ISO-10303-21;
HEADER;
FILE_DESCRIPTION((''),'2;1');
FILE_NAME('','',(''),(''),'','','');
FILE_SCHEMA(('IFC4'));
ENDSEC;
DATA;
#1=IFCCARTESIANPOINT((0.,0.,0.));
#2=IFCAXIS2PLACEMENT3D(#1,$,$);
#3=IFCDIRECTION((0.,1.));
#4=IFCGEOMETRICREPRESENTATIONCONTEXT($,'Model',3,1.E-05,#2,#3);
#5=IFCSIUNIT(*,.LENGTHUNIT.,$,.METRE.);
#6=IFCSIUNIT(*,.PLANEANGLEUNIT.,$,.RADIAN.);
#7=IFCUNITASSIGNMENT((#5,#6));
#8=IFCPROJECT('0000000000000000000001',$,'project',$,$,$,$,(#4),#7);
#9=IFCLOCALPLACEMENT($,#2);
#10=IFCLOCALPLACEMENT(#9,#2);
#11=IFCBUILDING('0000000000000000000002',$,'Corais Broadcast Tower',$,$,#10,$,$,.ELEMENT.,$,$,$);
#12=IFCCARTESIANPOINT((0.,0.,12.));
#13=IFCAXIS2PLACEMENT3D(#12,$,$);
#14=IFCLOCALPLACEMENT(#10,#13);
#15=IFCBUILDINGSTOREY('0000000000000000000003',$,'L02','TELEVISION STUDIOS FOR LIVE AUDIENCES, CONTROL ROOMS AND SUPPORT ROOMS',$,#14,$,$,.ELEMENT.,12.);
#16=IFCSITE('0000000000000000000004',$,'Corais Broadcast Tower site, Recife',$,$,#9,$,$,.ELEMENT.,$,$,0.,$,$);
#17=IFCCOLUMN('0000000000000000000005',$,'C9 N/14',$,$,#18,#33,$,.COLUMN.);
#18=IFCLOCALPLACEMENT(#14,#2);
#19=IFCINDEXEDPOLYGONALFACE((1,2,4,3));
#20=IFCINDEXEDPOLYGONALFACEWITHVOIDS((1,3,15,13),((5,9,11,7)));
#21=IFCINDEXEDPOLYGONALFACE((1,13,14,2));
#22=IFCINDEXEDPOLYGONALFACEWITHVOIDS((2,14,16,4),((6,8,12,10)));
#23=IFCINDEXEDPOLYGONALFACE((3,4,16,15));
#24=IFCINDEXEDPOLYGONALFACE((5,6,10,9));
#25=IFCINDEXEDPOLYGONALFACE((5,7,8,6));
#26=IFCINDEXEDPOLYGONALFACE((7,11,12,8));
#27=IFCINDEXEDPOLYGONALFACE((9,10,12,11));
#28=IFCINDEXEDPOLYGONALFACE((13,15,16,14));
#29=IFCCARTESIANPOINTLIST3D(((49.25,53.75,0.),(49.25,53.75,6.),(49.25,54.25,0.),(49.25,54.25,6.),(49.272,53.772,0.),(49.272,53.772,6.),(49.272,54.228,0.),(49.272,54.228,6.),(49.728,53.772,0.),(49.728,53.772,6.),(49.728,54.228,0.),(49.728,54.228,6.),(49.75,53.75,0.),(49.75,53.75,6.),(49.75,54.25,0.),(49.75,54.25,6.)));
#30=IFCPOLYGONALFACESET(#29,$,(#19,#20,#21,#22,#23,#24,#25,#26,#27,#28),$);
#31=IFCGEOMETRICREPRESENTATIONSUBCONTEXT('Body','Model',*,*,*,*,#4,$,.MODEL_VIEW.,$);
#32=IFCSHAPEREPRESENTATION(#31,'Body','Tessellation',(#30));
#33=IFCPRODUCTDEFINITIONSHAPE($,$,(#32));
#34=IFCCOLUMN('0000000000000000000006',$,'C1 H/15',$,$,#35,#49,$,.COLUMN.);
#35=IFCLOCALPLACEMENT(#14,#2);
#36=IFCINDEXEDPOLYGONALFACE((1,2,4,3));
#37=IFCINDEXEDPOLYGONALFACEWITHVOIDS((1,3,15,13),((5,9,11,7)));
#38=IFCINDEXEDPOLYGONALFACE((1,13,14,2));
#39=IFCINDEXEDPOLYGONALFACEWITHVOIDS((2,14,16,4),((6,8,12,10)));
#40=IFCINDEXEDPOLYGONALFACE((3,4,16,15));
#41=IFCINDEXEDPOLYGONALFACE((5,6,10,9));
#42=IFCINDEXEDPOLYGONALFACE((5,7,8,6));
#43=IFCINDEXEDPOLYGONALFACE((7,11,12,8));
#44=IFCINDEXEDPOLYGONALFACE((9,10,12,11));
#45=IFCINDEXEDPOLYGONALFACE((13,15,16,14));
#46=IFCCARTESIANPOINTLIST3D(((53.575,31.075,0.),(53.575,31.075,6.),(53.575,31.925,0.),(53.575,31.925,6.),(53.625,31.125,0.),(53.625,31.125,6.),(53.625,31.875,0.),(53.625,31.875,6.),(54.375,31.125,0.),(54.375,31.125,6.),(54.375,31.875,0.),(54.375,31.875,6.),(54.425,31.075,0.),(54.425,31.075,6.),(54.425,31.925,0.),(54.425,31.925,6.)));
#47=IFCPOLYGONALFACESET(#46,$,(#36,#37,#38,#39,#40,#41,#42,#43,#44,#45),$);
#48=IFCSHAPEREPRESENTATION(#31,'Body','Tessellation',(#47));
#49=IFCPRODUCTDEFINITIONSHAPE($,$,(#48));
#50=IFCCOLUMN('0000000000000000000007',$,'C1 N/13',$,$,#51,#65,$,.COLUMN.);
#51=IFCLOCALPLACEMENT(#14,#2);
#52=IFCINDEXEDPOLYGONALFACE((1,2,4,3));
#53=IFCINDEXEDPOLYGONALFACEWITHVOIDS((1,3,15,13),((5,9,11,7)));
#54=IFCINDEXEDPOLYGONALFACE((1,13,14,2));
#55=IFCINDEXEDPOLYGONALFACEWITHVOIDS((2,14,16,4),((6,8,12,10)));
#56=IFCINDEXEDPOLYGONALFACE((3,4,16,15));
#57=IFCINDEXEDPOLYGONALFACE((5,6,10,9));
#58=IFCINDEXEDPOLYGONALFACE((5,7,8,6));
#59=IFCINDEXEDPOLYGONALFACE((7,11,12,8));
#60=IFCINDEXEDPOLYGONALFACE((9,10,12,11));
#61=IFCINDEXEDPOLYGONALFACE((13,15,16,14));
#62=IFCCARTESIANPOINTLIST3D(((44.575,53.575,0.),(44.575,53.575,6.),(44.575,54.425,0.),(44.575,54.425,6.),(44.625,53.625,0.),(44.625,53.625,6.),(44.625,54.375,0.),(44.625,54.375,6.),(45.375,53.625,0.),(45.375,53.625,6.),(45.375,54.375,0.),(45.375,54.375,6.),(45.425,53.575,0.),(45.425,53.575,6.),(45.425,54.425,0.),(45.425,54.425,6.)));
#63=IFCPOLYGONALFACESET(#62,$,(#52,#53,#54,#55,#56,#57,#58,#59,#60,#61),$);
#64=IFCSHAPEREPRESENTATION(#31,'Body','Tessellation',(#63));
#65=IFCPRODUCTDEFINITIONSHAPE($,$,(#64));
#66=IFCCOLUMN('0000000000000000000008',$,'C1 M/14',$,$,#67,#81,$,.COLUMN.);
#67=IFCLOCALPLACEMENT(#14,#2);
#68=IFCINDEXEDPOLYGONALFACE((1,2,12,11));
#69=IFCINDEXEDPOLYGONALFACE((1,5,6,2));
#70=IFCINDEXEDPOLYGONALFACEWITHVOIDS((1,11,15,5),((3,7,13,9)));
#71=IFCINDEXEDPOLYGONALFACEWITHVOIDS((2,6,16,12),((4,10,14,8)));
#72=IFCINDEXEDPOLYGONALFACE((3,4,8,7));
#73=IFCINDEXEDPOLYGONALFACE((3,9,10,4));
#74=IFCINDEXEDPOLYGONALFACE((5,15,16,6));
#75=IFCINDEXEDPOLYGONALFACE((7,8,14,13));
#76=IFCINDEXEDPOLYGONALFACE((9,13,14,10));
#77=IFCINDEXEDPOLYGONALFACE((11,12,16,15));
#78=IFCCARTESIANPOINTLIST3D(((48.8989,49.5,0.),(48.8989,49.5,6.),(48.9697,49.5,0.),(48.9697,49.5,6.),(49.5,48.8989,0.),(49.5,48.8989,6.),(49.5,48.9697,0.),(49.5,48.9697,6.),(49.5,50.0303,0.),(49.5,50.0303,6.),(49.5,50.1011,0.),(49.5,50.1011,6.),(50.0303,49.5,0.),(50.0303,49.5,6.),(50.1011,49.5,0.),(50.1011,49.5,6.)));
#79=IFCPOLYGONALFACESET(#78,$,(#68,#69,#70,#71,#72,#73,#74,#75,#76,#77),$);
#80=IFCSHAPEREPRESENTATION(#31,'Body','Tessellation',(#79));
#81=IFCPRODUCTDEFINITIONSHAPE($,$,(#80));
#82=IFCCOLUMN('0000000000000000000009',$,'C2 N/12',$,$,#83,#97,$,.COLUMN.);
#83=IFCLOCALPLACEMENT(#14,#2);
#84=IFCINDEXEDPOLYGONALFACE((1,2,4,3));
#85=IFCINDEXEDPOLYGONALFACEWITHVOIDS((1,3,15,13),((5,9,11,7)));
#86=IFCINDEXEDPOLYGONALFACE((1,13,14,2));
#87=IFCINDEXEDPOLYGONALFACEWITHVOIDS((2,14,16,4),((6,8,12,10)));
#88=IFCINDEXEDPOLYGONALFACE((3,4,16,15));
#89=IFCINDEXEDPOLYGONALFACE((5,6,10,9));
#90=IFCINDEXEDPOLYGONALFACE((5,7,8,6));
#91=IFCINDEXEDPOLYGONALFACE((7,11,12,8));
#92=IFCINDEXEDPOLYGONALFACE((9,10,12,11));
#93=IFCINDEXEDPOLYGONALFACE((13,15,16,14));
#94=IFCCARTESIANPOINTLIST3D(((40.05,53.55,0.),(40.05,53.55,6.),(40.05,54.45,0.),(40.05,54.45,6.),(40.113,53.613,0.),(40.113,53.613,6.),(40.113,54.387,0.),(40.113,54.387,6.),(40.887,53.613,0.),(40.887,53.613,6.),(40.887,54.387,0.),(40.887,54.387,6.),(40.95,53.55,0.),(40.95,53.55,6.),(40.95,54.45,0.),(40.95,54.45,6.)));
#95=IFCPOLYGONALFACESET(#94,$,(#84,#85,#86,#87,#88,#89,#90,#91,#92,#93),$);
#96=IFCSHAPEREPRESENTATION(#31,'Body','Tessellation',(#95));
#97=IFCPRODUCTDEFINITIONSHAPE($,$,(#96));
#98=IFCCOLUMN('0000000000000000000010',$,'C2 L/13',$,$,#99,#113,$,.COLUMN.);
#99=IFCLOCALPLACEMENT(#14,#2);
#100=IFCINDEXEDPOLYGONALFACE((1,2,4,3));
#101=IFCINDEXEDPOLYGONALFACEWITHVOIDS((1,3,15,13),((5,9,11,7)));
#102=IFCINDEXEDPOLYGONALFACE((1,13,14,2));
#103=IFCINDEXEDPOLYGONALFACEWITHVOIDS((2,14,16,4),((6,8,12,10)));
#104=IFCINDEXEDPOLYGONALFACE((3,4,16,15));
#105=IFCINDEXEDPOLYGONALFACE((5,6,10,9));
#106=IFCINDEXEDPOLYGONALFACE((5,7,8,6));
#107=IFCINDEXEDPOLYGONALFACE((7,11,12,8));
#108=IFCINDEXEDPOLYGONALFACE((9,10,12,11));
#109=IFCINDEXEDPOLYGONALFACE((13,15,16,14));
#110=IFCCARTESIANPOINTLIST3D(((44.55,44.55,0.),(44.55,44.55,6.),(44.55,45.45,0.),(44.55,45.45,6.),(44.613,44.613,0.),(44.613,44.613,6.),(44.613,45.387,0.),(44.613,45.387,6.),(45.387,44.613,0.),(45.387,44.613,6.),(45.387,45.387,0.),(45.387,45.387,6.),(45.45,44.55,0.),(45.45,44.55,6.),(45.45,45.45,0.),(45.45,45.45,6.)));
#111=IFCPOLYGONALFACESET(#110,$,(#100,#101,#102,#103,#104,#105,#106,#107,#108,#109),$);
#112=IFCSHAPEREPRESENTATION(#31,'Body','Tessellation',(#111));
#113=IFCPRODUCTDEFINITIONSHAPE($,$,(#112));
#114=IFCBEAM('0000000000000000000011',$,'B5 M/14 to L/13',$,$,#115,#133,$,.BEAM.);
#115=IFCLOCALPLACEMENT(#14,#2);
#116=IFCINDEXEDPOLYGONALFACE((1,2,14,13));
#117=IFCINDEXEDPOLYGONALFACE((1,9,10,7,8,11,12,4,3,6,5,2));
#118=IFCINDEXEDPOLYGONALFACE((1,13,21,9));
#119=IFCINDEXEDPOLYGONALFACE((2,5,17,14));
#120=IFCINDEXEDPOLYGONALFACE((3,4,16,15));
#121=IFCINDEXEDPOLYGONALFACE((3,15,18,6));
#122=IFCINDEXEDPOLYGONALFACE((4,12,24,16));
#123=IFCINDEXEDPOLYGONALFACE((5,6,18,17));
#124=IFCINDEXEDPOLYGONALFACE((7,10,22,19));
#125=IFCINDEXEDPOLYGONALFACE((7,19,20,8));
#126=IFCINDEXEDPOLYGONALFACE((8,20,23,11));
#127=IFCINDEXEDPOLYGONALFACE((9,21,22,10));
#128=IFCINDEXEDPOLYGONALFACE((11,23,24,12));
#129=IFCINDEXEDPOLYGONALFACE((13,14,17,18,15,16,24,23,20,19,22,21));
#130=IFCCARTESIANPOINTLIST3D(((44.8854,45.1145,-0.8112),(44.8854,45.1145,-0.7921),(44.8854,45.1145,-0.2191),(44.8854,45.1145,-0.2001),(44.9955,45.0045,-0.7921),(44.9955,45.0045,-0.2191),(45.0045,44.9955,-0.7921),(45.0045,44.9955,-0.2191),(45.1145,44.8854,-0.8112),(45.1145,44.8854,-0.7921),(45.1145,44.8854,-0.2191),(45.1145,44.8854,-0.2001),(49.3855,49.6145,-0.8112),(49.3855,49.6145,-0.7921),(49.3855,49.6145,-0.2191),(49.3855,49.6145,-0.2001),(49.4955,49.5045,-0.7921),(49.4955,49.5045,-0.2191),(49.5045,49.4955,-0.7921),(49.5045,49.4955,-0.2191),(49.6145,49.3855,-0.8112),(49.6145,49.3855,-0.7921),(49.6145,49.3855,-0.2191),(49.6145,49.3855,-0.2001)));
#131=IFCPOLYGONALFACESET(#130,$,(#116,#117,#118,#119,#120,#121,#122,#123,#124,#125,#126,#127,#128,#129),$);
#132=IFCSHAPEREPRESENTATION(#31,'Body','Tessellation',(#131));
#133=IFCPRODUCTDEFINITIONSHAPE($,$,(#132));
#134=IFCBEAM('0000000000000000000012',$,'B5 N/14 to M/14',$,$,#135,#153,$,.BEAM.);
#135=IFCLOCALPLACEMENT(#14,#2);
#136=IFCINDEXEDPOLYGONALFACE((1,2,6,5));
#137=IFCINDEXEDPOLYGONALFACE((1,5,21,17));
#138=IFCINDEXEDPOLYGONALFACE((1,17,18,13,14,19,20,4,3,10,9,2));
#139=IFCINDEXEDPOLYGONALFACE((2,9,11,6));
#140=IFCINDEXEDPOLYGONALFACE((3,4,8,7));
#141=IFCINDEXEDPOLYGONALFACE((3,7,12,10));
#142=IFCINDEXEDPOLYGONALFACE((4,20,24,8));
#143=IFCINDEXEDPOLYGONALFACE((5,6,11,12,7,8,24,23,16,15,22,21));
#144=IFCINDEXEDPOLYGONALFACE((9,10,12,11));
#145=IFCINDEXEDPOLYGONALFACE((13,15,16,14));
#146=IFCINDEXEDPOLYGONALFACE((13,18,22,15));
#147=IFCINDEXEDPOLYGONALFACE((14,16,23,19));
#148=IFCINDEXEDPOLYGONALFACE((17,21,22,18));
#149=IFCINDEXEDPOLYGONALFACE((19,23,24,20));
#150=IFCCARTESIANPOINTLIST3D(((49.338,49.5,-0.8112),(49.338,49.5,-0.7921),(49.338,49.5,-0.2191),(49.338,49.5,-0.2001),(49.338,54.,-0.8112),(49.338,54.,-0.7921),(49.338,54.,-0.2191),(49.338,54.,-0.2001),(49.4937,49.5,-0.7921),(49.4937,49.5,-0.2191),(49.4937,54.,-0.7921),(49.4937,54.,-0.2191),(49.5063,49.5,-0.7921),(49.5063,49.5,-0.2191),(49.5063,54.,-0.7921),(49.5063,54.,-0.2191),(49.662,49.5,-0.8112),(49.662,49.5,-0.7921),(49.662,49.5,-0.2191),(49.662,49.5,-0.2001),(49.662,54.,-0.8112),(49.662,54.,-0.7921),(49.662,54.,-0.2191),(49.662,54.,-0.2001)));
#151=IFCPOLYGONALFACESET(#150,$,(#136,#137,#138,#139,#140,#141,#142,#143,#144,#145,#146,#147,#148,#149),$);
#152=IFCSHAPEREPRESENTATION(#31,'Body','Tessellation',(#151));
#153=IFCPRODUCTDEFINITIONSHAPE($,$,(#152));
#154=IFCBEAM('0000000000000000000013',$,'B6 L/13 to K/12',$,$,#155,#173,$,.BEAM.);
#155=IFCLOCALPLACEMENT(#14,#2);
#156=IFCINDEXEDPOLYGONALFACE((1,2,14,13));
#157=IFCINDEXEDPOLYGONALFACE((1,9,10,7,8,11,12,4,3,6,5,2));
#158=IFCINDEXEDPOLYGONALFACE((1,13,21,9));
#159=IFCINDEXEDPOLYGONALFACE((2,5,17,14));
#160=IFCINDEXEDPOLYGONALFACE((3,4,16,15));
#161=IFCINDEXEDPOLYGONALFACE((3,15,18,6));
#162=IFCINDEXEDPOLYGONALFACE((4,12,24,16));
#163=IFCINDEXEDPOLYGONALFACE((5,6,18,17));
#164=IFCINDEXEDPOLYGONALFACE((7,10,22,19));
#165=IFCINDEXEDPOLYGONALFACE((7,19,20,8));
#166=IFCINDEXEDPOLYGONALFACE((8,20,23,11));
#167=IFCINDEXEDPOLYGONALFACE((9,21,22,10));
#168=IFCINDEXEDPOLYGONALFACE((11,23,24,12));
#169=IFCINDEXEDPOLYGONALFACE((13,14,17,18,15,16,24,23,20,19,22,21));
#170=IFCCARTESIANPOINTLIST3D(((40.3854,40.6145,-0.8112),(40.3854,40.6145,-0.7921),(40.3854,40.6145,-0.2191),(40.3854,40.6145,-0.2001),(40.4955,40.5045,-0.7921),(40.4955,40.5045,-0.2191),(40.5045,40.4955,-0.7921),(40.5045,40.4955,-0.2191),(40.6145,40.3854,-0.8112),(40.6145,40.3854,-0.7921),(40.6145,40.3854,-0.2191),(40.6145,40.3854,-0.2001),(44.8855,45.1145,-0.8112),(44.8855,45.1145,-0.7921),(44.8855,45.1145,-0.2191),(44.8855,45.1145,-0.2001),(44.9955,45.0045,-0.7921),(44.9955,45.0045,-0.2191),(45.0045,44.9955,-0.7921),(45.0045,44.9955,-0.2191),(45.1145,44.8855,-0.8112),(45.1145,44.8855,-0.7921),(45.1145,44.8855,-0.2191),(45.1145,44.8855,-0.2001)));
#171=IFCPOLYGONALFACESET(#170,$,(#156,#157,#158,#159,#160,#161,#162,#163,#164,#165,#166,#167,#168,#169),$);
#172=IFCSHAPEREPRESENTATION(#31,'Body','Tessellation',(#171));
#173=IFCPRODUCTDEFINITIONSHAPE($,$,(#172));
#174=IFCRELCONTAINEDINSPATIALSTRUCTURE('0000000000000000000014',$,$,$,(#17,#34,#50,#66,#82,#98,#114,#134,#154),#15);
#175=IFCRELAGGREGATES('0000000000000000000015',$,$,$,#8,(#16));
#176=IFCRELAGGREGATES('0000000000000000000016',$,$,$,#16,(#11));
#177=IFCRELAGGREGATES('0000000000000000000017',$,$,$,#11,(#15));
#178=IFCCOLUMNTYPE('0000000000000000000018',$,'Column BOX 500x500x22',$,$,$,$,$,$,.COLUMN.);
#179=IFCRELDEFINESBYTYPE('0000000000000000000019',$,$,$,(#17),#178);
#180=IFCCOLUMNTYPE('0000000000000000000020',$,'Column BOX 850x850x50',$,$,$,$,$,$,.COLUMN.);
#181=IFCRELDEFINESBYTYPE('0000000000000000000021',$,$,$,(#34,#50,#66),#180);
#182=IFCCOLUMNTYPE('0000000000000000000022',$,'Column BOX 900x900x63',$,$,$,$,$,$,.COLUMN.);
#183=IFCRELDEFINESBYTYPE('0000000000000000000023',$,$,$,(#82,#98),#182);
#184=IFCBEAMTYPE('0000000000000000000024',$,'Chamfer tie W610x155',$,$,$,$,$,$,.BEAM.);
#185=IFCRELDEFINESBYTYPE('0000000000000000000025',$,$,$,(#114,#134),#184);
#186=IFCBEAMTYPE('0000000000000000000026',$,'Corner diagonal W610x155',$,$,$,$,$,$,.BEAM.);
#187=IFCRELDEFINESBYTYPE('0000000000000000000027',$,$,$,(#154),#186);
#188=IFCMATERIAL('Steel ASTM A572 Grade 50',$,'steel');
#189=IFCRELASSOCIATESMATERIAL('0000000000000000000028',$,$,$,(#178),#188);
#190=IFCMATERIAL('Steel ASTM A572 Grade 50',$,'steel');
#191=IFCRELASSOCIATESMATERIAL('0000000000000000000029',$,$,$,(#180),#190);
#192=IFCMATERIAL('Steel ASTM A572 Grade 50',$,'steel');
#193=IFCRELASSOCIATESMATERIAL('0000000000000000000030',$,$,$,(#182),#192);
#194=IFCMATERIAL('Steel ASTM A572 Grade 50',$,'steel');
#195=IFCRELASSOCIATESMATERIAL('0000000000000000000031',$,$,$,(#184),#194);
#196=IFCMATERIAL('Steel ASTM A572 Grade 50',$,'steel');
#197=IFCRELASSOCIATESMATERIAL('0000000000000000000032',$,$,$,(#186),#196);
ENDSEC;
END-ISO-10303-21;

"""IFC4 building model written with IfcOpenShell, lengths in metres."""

from ifc_helpers import new_model, si_unit, direction, frame, origin, origin_2d, place, context, subcontext, project, spatial, hollow_rectangle, i_section, extrude, material, material_profile, profile_set, type_object, element, save


model = new_model("IFC4")

# Units and contexts
model_context = context("Model", 3, precision=1e-05, world=origin(), true_north=direction((0.0, 1.0)))
body_context = subcontext(model_context, "Body", "Model", "MODEL_VIEW")
ifc_project = project(units=[si_unit("LENGTHUNIT", "METRE"), si_unit("PLANEANGLEUNIT", "RADIAN")], contexts=[model_context])

# Site, building, storey
site_placement = place(None, origin())
site = spatial("IfcSite", under=ifc_project, at=site_placement, Name="Corais Broadcast Tower site, Recife", CompositionType="ELEMENT", RefElevation=0.0)
building_placement = place(site_placement, origin())
building = spatial("IfcBuilding", under=site, at=building_placement, Name="Corais Broadcast Tower", CompositionType="ELEMENT")
storey_placement = place(building_placement, frame((0.0, 0.0, 12.0)))
storey = spatial("IfcBuildingStorey", under=building, at=storey_placement, Name="L02", Description="TELEVISION STUDIOS FOR LIVE AUDIENCES, CONTROL ROOMS AND SUPPORT ROOMS", CompositionType="ELEMENT", Elevation=12.0)

# Columns
ifc_material_1 = material(Name="Steel ASTM A572 Grade 50", Category="steel")
ifc_material_profile_1 = material_profile(ifc_material_1, hollow_rectangle(XDim=0.5, YDim=0.5, WallThickness=0.022, at=origin_2d()), Name="BOX 500x500x22")
ifc_profile_set_1 = profile_set([ifc_material_profile_1], Name="Steel ASTM A572 Grade 50")
column_type_1 = type_object("IfcColumnType", Name="Column BOX 500x500x22", PredefinedType="COLUMN", material=ifc_profile_set_1)
column_placement = place(storey_placement, frame((49.5, 54.0, 0.0), z_axis=(0.0, 0.0, 1.0), x_axis=(1.0, 0.0, 0.0)))
element("IfcColumn", 1, at=column_placement, inside=storey, type_object=column_type_1, Name="C9 N/14", PredefinedType="COLUMN", context=body_context, shape_type="SweptSolid", body=[
    extrude(hollow_rectangle(XDim=0.5, YDim=0.5, WallThickness=0.022, at=origin_2d()), origin(), (0.0, 0.0, 1.0), 6.0),
])
ifc_material_2 = material(Name="Steel ASTM A572 Grade 50", Category="steel")
ifc_material_profile_2 = material_profile(ifc_material_2, hollow_rectangle(XDim=0.8501, YDim=0.8501, WallThickness=0.05, at=origin_2d()), Name="BOX 850x850x50")
ifc_profile_set_2 = profile_set([ifc_material_profile_2], Name="Steel ASTM A572 Grade 50")
column_type_2 = type_object("IfcColumnType", Name="Column BOX 850x850x50", PredefinedType="COLUMN", material=ifc_profile_set_2)
for number, where, z_axis, x_axis, name in (
    (2, (54.0, 31.5, 0.0), (0.0, 0.0, 1.0), (1.0, 0.0, 0.0), "C1 H/15"),
    (3, (45.0, 54.0, 0.0), (0.0, 0.0, 1.0), (1.0, 0.0, 0.0), "C1 N/13"),
    (4, (49.5, 49.5, 0.0), (0.0, 0.0, 1.0), (0.707107, 0.707107, 0.0), "C1 M/14"),
):
    element("IfcColumn", number, at=place(storey_placement, frame(where, z_axis=z_axis, x_axis=x_axis)), inside=storey, type_object=column_type_2, Name=name, PredefinedType="COLUMN", context=body_context, shape_type="SweptSolid", body=[
        extrude(hollow_rectangle(XDim=0.8501, YDim=0.8501, WallThickness=0.05, at=origin_2d()), origin(), (0.0, 0.0, 1.0), 6.0),
    ])
ifc_material_3 = material(Name="Steel ASTM A572 Grade 50", Category="steel")
ifc_material_profile_3 = material_profile(ifc_material_3, hollow_rectangle(XDim=0.8999, YDim=0.8999, WallThickness=0.063, at=origin_2d()), Name="BOX 900x900x63")
ifc_profile_set_3 = profile_set([ifc_material_profile_3], Name="Steel ASTM A572 Grade 50")
column_type_3 = type_object("IfcColumnType", Name="Column BOX 900x900x63", PredefinedType="COLUMN", material=ifc_profile_set_3)
for number, where, z_axis, x_axis, name in (
    (5, (40.5, 54.0, 0.0), (0.0, 0.0, 1.0), (1.0, 0.0, 0.0), "C2 N/12"),
    (6, (45.0, 45.0, 0.0), (0.0, 0.0, 1.0), (1.0, 0.0, 0.0), "C2 L/13"),
):
    element("IfcColumn", number, at=place(storey_placement, frame(where, z_axis=z_axis, x_axis=x_axis)), inside=storey, type_object=column_type_3, Name=name, PredefinedType="COLUMN", context=body_context, shape_type="SweptSolid", body=[
        extrude(hollow_rectangle(XDim=0.8999, YDim=0.8999, WallThickness=0.063, at=origin_2d()), origin(), (0.0, 0.0, 1.0), 6.0),
    ])

# Beams
ifc_material_4 = material(Name="Steel ASTM A572 Grade 50", Category="steel")
ifc_material_profile_4 = material_profile(ifc_material_4, i_section(OverallWidth=0.324, OverallDepth=0.6111, WebThickness=0.0127, FlangeThickness=0.019, at=origin_2d()), Name="W610x155")
ifc_profile_set_4 = profile_set([ifc_material_profile_4], Name="Steel ASTM A572 Grade 50")
beam_type_1 = type_object("IfcBeamType", Name="Chamfer tie W610x155", PredefinedType="BEAM", material=ifc_profile_set_4)
beam_1_placement = place(storey_placement, frame((49.5, 49.5, -0.5056), z_axis=(-0.707107, -0.707107, 0.0), x_axis=(0.707107, -0.707107, 0.0)))
element("IfcBeam", 7, at=beam_1_placement, inside=storey, type_object=beam_type_1, Name="B5 M/14 to L/13", PredefinedType="BEAM", context=body_context, shape_type="SweptSolid", body=[
    extrude(i_section(OverallWidth=0.324, OverallDepth=0.6111, WebThickness=0.0127, FlangeThickness=0.019, at=origin_2d()), origin(), (0.0, 0.0, 1.0), 6.364),
])
beam_2_placement = place(storey_placement, frame((49.5, 54.0, -0.5056), z_axis=(0.0, -1.0, 0.0), x_axis=(1.0, 0.0, 0.0)))
element("IfcBeam", 8, at=beam_2_placement, inside=storey, type_object=beam_type_1, Name="B5 N/14 to M/14", PredefinedType="BEAM", context=body_context, shape_type="SweptSolid", body=[
    extrude(i_section(OverallWidth=0.324, OverallDepth=0.6111, WebThickness=0.0127, FlangeThickness=0.019, at=origin_2d()), origin(), (0.0, 0.0, 1.0), 4.5),
])
ifc_material_5 = material(Name="Steel ASTM A572 Grade 50", Category="steel")
ifc_material_profile_5 = material_profile(ifc_material_5, i_section(OverallWidth=0.324, OverallDepth=0.6111, WebThickness=0.0127, FlangeThickness=0.019, at=origin_2d()), Name="W610x155")
ifc_profile_set_5 = profile_set([ifc_material_profile_5], Name="Steel ASTM A572 Grade 50")
beam_type_2 = type_object("IfcBeamType", Name="Corner diagonal W610x155", PredefinedType="BEAM", material=ifc_profile_set_5)
beam_3_placement = place(storey_placement, frame((45.0, 45.0, -0.5056), z_axis=(-0.707107, -0.707107, 0.0), x_axis=(0.707107, -0.707107, 0.0)))
element("IfcBeam", 9, at=beam_3_placement, inside=storey, type_object=beam_type_2, Name="B6 L/13 to K/12", PredefinedType="BEAM", context=body_context, shape_type="SweptSolid", body=[
    extrude(i_section(OverallWidth=0.324, OverallDepth=0.6111, WebThickness=0.0127, FlangeThickness=0.019, at=origin_2d()), origin(), (0.0, 0.0, 1.0), 6.364),
])

save(model, "model.ifc")
